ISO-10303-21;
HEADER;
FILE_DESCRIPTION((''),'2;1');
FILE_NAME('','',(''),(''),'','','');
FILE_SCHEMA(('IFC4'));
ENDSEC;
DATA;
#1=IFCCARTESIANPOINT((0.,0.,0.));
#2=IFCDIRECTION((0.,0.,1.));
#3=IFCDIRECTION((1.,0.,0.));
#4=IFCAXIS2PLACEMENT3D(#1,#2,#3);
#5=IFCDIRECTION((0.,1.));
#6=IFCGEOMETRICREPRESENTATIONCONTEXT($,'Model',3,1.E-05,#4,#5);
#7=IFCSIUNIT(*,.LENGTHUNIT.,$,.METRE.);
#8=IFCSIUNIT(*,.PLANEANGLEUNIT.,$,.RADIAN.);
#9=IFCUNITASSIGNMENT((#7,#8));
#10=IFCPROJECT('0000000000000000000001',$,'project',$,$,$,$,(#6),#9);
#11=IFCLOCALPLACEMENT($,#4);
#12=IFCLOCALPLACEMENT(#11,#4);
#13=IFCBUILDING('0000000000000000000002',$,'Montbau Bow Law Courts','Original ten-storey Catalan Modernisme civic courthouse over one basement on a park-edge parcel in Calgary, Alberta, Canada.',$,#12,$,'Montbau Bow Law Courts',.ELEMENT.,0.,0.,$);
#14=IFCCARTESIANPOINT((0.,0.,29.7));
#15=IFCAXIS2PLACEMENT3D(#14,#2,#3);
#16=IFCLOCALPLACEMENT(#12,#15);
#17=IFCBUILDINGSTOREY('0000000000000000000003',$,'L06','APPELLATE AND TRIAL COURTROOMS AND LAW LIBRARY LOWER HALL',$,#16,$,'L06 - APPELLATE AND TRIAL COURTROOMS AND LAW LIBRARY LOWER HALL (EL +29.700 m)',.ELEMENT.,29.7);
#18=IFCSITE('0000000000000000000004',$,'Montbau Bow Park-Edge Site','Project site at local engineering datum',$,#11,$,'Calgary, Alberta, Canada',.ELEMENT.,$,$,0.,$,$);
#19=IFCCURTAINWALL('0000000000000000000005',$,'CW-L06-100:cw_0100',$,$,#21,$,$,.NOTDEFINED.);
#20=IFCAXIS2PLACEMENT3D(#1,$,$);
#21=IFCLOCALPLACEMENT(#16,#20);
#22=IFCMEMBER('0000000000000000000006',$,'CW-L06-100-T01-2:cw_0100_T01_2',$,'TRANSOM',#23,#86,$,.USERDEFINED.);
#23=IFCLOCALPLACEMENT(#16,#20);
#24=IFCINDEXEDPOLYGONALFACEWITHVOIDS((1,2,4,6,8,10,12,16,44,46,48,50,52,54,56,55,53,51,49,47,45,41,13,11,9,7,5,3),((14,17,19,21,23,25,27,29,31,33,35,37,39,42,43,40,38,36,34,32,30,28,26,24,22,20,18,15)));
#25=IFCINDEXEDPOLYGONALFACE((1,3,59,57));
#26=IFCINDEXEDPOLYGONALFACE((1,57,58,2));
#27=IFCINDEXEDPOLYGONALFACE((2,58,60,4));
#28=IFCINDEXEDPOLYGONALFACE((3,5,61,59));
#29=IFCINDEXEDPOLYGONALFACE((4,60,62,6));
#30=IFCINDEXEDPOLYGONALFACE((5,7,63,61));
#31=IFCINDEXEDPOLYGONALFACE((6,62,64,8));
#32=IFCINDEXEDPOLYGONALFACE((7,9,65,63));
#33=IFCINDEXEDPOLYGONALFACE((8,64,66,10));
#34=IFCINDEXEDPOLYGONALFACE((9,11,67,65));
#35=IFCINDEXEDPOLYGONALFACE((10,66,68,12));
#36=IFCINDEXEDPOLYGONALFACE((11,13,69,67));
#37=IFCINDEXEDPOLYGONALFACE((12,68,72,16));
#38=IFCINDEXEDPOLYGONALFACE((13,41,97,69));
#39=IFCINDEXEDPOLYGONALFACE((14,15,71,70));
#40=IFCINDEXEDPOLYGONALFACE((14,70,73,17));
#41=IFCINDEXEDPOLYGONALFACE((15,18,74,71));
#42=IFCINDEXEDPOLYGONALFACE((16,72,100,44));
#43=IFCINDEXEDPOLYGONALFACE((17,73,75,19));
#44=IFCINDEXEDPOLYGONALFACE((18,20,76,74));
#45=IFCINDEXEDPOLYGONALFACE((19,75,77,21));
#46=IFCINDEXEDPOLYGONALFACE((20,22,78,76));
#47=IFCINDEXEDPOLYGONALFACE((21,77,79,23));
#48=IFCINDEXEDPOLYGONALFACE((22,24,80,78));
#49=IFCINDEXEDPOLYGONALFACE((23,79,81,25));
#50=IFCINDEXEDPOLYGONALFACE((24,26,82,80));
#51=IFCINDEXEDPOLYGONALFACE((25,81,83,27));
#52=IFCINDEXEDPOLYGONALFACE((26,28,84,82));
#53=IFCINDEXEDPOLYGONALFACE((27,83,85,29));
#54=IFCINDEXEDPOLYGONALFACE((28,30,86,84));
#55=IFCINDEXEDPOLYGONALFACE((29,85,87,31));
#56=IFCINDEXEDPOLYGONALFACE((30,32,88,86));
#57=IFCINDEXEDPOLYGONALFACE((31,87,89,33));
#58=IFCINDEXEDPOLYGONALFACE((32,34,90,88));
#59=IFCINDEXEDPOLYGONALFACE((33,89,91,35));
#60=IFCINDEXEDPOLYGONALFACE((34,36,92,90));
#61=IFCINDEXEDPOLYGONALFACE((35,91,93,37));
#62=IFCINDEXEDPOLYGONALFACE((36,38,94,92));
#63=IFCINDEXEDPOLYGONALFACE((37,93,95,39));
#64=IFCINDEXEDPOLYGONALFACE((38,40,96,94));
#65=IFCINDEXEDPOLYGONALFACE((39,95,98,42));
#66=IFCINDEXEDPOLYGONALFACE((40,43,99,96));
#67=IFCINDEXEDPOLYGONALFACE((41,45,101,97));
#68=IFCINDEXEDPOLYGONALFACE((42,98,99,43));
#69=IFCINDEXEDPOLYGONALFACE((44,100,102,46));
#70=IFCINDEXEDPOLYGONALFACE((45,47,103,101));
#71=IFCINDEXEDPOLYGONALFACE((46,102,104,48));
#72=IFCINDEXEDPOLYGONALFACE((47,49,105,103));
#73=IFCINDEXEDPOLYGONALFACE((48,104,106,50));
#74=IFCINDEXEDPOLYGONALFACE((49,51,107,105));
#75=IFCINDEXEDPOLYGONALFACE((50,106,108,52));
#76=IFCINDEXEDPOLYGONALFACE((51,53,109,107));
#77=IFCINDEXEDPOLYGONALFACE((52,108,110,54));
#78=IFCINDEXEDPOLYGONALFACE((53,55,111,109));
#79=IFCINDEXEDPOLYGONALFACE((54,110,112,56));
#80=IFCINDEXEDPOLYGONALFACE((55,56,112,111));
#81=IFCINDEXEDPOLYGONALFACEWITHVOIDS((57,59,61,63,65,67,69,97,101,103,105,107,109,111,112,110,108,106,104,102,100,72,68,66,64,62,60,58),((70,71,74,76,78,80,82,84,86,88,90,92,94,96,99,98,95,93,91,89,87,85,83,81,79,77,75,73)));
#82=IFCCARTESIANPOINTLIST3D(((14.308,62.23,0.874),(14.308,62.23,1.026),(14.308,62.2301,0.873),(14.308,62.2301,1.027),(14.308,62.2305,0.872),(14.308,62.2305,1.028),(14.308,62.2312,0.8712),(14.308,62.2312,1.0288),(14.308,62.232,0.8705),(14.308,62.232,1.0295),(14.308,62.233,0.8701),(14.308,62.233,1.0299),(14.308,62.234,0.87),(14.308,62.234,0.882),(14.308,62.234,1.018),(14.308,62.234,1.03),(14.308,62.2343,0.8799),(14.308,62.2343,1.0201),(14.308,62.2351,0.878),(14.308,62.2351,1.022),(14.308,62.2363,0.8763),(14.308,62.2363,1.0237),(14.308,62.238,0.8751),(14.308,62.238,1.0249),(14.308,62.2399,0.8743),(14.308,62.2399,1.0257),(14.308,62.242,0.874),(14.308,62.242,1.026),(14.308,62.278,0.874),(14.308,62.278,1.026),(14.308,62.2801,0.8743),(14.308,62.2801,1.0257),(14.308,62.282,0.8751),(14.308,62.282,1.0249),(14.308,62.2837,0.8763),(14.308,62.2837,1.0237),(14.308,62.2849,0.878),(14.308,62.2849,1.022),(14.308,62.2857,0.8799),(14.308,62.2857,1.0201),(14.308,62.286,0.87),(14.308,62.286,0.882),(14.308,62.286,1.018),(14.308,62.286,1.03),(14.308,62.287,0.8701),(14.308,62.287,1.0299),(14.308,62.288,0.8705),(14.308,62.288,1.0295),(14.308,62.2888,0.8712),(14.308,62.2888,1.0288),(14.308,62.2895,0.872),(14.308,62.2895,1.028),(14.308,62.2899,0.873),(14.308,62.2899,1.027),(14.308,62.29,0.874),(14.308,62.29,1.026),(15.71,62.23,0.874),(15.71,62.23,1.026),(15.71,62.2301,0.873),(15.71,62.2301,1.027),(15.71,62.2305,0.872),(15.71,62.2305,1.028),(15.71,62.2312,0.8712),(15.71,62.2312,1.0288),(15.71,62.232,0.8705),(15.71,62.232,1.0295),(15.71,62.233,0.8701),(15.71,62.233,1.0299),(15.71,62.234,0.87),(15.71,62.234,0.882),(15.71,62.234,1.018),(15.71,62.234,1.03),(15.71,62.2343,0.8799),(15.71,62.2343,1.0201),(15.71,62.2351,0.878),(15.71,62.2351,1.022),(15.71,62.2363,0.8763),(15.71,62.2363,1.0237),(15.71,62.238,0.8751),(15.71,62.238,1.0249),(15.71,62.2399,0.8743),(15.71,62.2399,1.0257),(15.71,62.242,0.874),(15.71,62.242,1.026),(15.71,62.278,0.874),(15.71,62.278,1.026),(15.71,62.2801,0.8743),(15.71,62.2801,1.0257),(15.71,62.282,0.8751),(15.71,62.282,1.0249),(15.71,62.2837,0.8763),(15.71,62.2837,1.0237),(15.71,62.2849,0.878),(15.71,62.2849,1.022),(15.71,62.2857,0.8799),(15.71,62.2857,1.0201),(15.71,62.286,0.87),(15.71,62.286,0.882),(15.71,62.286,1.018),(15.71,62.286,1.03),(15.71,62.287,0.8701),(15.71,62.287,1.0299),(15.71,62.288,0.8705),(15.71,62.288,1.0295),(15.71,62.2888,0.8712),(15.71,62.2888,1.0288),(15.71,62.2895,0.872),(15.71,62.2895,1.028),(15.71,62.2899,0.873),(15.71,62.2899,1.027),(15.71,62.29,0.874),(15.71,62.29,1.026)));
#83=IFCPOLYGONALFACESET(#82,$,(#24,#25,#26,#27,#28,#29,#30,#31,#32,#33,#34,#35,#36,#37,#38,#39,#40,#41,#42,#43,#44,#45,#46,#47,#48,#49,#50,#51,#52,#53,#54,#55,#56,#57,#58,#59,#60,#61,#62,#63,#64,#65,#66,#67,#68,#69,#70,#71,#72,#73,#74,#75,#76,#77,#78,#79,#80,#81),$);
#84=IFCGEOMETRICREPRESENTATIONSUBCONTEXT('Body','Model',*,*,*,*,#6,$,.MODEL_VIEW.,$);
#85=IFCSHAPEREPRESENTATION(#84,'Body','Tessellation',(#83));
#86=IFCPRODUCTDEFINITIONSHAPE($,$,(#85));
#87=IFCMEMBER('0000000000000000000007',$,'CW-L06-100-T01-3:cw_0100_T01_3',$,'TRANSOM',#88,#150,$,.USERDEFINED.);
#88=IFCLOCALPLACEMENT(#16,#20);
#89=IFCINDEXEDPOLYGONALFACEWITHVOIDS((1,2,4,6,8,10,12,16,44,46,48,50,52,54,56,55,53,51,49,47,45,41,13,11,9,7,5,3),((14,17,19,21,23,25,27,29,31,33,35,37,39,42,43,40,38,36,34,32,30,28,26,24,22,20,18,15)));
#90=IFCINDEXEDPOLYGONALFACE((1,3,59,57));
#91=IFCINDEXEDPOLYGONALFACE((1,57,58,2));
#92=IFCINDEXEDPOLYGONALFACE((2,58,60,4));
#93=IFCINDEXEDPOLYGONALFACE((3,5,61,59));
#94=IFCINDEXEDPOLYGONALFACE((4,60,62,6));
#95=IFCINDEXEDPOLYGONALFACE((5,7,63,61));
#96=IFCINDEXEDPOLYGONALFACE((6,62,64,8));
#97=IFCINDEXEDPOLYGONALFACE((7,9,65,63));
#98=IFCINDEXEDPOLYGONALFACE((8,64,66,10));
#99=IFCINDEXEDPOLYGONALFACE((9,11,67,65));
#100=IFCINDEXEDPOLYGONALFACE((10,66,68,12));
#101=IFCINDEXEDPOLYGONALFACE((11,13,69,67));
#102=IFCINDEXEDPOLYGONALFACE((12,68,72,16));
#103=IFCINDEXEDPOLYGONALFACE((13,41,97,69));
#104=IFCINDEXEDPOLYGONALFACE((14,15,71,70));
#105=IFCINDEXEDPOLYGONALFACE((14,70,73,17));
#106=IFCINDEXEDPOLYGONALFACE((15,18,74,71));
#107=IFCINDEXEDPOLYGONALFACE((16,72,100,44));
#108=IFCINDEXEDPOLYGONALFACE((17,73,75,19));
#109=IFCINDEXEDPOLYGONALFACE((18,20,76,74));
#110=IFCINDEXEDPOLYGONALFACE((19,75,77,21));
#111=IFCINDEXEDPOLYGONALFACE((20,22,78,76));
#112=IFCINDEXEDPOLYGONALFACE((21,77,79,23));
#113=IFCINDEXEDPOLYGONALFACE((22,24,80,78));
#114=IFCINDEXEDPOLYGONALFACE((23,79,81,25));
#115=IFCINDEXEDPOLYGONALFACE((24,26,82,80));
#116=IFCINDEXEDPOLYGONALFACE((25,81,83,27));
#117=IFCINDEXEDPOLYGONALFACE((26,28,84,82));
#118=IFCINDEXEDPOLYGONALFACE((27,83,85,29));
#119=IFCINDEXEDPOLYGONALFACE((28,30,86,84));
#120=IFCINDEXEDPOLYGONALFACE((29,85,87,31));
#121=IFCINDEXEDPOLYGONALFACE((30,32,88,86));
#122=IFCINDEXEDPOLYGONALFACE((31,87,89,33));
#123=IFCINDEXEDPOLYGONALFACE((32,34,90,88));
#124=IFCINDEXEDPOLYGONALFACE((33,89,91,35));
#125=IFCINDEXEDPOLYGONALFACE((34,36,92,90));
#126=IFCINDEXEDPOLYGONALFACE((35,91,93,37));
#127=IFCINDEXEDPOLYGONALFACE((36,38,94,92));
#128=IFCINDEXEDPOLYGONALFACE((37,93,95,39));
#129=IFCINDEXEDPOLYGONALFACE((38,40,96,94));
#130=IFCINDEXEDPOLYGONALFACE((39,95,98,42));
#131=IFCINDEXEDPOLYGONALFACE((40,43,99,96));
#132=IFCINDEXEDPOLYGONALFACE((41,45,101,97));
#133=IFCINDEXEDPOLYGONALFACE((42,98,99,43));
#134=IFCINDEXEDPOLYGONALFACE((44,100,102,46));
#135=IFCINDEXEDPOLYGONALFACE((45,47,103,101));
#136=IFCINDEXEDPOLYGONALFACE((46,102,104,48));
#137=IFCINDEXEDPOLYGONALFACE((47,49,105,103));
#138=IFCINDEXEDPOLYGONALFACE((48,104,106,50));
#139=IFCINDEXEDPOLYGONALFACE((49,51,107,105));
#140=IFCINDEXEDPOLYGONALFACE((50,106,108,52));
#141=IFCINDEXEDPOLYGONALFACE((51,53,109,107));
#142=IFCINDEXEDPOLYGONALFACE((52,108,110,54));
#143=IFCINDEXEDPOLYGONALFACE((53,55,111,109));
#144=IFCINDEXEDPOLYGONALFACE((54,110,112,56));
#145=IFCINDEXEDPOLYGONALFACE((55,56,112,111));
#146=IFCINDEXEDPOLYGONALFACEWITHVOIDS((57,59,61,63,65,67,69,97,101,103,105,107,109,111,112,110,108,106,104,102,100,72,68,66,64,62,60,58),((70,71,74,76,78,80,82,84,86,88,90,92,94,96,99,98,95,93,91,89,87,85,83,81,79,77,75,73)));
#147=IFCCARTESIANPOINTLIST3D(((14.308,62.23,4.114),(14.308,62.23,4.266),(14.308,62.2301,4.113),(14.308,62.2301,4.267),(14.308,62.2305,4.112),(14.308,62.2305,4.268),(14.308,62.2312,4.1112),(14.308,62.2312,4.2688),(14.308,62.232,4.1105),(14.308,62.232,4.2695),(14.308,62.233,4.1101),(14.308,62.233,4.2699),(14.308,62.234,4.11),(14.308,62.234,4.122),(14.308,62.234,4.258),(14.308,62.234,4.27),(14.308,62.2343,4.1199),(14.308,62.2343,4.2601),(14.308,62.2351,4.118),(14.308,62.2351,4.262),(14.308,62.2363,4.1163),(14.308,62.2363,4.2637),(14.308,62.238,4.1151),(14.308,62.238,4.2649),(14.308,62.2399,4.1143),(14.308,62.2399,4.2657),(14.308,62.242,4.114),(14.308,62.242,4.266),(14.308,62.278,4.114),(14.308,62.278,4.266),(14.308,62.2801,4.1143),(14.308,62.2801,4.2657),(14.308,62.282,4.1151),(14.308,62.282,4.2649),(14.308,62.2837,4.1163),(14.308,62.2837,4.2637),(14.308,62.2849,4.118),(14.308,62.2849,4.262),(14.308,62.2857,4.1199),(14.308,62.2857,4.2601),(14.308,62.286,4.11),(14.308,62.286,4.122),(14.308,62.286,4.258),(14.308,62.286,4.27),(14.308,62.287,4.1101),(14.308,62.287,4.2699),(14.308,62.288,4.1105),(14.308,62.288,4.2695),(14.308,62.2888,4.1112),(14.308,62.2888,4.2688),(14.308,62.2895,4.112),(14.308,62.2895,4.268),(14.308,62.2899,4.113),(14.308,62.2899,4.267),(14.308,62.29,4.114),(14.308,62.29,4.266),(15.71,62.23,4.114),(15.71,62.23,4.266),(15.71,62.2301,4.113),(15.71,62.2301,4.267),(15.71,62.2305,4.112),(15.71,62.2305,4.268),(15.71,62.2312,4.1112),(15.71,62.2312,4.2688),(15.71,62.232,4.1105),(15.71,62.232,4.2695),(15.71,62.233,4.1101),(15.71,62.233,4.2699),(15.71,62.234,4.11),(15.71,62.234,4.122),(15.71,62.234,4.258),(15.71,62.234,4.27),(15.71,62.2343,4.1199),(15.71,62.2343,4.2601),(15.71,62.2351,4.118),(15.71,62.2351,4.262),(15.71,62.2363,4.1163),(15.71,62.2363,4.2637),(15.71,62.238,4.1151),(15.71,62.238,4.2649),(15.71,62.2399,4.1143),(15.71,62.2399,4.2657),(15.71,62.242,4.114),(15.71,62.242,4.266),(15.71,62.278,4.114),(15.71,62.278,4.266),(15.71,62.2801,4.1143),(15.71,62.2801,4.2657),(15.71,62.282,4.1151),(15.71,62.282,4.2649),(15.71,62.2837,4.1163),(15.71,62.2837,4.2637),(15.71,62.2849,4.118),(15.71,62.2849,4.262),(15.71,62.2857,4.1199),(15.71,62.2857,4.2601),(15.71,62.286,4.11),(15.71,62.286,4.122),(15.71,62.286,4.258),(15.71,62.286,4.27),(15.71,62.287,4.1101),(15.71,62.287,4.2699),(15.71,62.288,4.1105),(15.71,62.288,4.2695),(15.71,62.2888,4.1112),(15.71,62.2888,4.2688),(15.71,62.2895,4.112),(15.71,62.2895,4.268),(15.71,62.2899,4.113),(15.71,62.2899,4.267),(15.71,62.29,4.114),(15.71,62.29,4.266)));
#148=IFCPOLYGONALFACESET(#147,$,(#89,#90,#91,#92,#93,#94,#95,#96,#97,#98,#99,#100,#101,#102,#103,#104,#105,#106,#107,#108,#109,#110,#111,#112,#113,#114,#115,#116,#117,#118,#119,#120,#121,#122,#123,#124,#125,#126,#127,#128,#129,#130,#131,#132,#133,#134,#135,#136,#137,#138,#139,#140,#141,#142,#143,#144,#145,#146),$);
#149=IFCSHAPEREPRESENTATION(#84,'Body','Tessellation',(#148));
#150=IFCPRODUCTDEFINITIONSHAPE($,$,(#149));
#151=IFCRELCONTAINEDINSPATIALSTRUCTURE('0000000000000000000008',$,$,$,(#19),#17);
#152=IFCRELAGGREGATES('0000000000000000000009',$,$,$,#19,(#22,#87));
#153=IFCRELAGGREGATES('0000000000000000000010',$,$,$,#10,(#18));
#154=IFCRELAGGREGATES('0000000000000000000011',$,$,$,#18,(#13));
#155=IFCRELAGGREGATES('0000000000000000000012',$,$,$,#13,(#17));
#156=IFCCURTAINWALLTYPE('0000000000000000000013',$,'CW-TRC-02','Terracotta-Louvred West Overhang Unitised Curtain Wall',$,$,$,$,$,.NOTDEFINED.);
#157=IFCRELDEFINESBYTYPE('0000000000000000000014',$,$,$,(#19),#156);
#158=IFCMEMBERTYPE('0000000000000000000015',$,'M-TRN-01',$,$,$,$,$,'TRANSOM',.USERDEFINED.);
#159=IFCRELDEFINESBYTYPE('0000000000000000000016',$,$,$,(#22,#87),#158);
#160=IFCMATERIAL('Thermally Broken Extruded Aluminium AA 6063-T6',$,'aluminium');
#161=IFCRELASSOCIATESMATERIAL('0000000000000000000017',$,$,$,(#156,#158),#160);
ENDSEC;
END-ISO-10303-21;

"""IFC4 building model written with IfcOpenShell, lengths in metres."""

from ifc_helpers import new_model, si_unit, direction, frame, origin_with_axes, origin_2d_with_axis, place, context, subcontext, project, spatial, hollow_rectangle, extrude, material, material_profile, profile_set, type_object, element, aggregate, save


model = new_model("IFC4")

# Units and contexts
model_context = context("Model", 3, precision=1e-05, world=origin_with_axes(), true_north=direction((0.0, 1.0)))
body_context = subcontext(model_context, "Body", "Model", "MODEL_VIEW")
ifc_project = project(units=[si_unit("LENGTHUNIT", "METRE"), si_unit("PLANEANGLEUNIT", "RADIAN")], contexts=[model_context])

# Site, building, storey
site_placement = place(None, origin_with_axes())
site = spatial("IfcSite", under=ifc_project, at=site_placement, Name="Montbau Bow Park-Edge Site", Description="Project site at local engineering datum", LongName="Calgary, Alberta, Canada", CompositionType="ELEMENT", RefElevation=0.0)
building_placement = place(site_placement, origin_with_axes())
building = spatial("IfcBuilding", under=site, at=building_placement, Name="Montbau Bow Law Courts", Description="Original ten-storey Catalan Modernisme civic courthouse over one basement on a park-edge parcel in Calgary, Alberta, Canada.", LongName="Montbau Bow Law Courts", CompositionType="ELEMENT", ElevationOfRefHeight=0.0, ElevationOfTerrain=0.0)
storey_placement = place(building_placement, frame((0.0, 0.0, 29.7), z_axis=(0.0, 0.0, 1.0), x_axis=(1.0, 0.0, 0.0)))
storey = spatial("IfcBuildingStorey", under=building, at=storey_placement, Name="L06", Description="APPELLATE AND TRIAL COURTROOMS AND LAW LIBRARY LOWER HALL", LongName="L06 - APPELLATE AND TRIAL COURTROOMS AND LAW LIBRARY LOWER HALL (EL +29.700 m)", CompositionType="ELEMENT", Elevation=29.7)

# Shared definitions
ifc_material_1 = material(Name="Thermally Broken Extruded Aluminium AA 6063-T6", Category="aluminium")
curtain_wall_type = type_object("IfcCurtainWallType", Name="CW-TRC-02", Description="Terracotta-Louvred West Overhang Unitised Curtain Wall", PredefinedType="NOTDEFINED", material=ifc_material_1)

# Curtain wall, members
curtain_wall_1_placement = place(None, frame((14.24, 62.26, 29.7), z_axis=(0.0, 0.0, 1.0), x_axis=(1.0, 0.0, 0.0)))
curtain_wall_1 = element("IfcCurtainWall", 1, at=curtain_wall_1_placement, inside=storey, type_object=curtain_wall_type, Name="CW-L06-100:cw_0100", PredefinedType="NOTDEFINED")
ifc_material_profile_1 = material_profile(ifc_material_1, hollow_rectangle(XDim=0.06, YDim=0.16, WallThickness=0.004, InnerFilletRadius=0.008, OuterFilletRadius=0.004, at=origin_2d_with_axis()), Name="CWT-160X60", Category="Main", Priority=0)
ifc_profile_set_1 = profile_set([ifc_material_profile_1], Name="Thermally Broken Extruded Aluminium AA 6063-T6")
member_type_1 = type_object("IfcMemberType", Name="M-TRN-01", ElementType="TRANSOM", PredefinedType="USERDEFINED", material=ifc_profile_set_1)
member_1_placement = place(None, frame((14.308, 62.26, 30.65), z_axis=(1.0, 0.0, 0.0), x_axis=(0.0, 1.0, 0.0)))
member_1 = element("IfcMember", 2, at=member_1_placement, type_object=member_type_1, Name="CW-L06-100-T01-2:cw_0100_T01_2", ObjectType="TRANSOM", PredefinedType="USERDEFINED", context=body_context, shape_type="SweptSolid", body=[
    extrude(hollow_rectangle(XDim=0.06, YDim=0.16, WallThickness=0.004, InnerFilletRadius=0.008, OuterFilletRadius=0.004, at=origin_2d_with_axis()), origin_with_axes(), (0.0, 0.0, 1.0), 1.402),
])
member_2_placement = place(None, frame((14.308, 62.26, 33.89), z_axis=(1.0, 0.0, 0.0), x_axis=(0.0, 1.0, 0.0)))
member_2 = element("IfcMember", 3, at=member_2_placement, type_object=member_type_1, Name="CW-L06-100-T01-3:cw_0100_T01_3", ObjectType="TRANSOM", PredefinedType="USERDEFINED", context=body_context, shape_type="SweptSolid", body=[
    extrude(hollow_rectangle(XDim=0.06, YDim=0.16, WallThickness=0.004, InnerFilletRadius=0.008, OuterFilletRadius=0.004, at=origin_2d_with_axis()), origin_with_axes(), (0.0, 0.0, 1.0), 1.402),
])
aggregate(curtain_wall_1, [member_1, member_2])

save(model, "model.ifc")
